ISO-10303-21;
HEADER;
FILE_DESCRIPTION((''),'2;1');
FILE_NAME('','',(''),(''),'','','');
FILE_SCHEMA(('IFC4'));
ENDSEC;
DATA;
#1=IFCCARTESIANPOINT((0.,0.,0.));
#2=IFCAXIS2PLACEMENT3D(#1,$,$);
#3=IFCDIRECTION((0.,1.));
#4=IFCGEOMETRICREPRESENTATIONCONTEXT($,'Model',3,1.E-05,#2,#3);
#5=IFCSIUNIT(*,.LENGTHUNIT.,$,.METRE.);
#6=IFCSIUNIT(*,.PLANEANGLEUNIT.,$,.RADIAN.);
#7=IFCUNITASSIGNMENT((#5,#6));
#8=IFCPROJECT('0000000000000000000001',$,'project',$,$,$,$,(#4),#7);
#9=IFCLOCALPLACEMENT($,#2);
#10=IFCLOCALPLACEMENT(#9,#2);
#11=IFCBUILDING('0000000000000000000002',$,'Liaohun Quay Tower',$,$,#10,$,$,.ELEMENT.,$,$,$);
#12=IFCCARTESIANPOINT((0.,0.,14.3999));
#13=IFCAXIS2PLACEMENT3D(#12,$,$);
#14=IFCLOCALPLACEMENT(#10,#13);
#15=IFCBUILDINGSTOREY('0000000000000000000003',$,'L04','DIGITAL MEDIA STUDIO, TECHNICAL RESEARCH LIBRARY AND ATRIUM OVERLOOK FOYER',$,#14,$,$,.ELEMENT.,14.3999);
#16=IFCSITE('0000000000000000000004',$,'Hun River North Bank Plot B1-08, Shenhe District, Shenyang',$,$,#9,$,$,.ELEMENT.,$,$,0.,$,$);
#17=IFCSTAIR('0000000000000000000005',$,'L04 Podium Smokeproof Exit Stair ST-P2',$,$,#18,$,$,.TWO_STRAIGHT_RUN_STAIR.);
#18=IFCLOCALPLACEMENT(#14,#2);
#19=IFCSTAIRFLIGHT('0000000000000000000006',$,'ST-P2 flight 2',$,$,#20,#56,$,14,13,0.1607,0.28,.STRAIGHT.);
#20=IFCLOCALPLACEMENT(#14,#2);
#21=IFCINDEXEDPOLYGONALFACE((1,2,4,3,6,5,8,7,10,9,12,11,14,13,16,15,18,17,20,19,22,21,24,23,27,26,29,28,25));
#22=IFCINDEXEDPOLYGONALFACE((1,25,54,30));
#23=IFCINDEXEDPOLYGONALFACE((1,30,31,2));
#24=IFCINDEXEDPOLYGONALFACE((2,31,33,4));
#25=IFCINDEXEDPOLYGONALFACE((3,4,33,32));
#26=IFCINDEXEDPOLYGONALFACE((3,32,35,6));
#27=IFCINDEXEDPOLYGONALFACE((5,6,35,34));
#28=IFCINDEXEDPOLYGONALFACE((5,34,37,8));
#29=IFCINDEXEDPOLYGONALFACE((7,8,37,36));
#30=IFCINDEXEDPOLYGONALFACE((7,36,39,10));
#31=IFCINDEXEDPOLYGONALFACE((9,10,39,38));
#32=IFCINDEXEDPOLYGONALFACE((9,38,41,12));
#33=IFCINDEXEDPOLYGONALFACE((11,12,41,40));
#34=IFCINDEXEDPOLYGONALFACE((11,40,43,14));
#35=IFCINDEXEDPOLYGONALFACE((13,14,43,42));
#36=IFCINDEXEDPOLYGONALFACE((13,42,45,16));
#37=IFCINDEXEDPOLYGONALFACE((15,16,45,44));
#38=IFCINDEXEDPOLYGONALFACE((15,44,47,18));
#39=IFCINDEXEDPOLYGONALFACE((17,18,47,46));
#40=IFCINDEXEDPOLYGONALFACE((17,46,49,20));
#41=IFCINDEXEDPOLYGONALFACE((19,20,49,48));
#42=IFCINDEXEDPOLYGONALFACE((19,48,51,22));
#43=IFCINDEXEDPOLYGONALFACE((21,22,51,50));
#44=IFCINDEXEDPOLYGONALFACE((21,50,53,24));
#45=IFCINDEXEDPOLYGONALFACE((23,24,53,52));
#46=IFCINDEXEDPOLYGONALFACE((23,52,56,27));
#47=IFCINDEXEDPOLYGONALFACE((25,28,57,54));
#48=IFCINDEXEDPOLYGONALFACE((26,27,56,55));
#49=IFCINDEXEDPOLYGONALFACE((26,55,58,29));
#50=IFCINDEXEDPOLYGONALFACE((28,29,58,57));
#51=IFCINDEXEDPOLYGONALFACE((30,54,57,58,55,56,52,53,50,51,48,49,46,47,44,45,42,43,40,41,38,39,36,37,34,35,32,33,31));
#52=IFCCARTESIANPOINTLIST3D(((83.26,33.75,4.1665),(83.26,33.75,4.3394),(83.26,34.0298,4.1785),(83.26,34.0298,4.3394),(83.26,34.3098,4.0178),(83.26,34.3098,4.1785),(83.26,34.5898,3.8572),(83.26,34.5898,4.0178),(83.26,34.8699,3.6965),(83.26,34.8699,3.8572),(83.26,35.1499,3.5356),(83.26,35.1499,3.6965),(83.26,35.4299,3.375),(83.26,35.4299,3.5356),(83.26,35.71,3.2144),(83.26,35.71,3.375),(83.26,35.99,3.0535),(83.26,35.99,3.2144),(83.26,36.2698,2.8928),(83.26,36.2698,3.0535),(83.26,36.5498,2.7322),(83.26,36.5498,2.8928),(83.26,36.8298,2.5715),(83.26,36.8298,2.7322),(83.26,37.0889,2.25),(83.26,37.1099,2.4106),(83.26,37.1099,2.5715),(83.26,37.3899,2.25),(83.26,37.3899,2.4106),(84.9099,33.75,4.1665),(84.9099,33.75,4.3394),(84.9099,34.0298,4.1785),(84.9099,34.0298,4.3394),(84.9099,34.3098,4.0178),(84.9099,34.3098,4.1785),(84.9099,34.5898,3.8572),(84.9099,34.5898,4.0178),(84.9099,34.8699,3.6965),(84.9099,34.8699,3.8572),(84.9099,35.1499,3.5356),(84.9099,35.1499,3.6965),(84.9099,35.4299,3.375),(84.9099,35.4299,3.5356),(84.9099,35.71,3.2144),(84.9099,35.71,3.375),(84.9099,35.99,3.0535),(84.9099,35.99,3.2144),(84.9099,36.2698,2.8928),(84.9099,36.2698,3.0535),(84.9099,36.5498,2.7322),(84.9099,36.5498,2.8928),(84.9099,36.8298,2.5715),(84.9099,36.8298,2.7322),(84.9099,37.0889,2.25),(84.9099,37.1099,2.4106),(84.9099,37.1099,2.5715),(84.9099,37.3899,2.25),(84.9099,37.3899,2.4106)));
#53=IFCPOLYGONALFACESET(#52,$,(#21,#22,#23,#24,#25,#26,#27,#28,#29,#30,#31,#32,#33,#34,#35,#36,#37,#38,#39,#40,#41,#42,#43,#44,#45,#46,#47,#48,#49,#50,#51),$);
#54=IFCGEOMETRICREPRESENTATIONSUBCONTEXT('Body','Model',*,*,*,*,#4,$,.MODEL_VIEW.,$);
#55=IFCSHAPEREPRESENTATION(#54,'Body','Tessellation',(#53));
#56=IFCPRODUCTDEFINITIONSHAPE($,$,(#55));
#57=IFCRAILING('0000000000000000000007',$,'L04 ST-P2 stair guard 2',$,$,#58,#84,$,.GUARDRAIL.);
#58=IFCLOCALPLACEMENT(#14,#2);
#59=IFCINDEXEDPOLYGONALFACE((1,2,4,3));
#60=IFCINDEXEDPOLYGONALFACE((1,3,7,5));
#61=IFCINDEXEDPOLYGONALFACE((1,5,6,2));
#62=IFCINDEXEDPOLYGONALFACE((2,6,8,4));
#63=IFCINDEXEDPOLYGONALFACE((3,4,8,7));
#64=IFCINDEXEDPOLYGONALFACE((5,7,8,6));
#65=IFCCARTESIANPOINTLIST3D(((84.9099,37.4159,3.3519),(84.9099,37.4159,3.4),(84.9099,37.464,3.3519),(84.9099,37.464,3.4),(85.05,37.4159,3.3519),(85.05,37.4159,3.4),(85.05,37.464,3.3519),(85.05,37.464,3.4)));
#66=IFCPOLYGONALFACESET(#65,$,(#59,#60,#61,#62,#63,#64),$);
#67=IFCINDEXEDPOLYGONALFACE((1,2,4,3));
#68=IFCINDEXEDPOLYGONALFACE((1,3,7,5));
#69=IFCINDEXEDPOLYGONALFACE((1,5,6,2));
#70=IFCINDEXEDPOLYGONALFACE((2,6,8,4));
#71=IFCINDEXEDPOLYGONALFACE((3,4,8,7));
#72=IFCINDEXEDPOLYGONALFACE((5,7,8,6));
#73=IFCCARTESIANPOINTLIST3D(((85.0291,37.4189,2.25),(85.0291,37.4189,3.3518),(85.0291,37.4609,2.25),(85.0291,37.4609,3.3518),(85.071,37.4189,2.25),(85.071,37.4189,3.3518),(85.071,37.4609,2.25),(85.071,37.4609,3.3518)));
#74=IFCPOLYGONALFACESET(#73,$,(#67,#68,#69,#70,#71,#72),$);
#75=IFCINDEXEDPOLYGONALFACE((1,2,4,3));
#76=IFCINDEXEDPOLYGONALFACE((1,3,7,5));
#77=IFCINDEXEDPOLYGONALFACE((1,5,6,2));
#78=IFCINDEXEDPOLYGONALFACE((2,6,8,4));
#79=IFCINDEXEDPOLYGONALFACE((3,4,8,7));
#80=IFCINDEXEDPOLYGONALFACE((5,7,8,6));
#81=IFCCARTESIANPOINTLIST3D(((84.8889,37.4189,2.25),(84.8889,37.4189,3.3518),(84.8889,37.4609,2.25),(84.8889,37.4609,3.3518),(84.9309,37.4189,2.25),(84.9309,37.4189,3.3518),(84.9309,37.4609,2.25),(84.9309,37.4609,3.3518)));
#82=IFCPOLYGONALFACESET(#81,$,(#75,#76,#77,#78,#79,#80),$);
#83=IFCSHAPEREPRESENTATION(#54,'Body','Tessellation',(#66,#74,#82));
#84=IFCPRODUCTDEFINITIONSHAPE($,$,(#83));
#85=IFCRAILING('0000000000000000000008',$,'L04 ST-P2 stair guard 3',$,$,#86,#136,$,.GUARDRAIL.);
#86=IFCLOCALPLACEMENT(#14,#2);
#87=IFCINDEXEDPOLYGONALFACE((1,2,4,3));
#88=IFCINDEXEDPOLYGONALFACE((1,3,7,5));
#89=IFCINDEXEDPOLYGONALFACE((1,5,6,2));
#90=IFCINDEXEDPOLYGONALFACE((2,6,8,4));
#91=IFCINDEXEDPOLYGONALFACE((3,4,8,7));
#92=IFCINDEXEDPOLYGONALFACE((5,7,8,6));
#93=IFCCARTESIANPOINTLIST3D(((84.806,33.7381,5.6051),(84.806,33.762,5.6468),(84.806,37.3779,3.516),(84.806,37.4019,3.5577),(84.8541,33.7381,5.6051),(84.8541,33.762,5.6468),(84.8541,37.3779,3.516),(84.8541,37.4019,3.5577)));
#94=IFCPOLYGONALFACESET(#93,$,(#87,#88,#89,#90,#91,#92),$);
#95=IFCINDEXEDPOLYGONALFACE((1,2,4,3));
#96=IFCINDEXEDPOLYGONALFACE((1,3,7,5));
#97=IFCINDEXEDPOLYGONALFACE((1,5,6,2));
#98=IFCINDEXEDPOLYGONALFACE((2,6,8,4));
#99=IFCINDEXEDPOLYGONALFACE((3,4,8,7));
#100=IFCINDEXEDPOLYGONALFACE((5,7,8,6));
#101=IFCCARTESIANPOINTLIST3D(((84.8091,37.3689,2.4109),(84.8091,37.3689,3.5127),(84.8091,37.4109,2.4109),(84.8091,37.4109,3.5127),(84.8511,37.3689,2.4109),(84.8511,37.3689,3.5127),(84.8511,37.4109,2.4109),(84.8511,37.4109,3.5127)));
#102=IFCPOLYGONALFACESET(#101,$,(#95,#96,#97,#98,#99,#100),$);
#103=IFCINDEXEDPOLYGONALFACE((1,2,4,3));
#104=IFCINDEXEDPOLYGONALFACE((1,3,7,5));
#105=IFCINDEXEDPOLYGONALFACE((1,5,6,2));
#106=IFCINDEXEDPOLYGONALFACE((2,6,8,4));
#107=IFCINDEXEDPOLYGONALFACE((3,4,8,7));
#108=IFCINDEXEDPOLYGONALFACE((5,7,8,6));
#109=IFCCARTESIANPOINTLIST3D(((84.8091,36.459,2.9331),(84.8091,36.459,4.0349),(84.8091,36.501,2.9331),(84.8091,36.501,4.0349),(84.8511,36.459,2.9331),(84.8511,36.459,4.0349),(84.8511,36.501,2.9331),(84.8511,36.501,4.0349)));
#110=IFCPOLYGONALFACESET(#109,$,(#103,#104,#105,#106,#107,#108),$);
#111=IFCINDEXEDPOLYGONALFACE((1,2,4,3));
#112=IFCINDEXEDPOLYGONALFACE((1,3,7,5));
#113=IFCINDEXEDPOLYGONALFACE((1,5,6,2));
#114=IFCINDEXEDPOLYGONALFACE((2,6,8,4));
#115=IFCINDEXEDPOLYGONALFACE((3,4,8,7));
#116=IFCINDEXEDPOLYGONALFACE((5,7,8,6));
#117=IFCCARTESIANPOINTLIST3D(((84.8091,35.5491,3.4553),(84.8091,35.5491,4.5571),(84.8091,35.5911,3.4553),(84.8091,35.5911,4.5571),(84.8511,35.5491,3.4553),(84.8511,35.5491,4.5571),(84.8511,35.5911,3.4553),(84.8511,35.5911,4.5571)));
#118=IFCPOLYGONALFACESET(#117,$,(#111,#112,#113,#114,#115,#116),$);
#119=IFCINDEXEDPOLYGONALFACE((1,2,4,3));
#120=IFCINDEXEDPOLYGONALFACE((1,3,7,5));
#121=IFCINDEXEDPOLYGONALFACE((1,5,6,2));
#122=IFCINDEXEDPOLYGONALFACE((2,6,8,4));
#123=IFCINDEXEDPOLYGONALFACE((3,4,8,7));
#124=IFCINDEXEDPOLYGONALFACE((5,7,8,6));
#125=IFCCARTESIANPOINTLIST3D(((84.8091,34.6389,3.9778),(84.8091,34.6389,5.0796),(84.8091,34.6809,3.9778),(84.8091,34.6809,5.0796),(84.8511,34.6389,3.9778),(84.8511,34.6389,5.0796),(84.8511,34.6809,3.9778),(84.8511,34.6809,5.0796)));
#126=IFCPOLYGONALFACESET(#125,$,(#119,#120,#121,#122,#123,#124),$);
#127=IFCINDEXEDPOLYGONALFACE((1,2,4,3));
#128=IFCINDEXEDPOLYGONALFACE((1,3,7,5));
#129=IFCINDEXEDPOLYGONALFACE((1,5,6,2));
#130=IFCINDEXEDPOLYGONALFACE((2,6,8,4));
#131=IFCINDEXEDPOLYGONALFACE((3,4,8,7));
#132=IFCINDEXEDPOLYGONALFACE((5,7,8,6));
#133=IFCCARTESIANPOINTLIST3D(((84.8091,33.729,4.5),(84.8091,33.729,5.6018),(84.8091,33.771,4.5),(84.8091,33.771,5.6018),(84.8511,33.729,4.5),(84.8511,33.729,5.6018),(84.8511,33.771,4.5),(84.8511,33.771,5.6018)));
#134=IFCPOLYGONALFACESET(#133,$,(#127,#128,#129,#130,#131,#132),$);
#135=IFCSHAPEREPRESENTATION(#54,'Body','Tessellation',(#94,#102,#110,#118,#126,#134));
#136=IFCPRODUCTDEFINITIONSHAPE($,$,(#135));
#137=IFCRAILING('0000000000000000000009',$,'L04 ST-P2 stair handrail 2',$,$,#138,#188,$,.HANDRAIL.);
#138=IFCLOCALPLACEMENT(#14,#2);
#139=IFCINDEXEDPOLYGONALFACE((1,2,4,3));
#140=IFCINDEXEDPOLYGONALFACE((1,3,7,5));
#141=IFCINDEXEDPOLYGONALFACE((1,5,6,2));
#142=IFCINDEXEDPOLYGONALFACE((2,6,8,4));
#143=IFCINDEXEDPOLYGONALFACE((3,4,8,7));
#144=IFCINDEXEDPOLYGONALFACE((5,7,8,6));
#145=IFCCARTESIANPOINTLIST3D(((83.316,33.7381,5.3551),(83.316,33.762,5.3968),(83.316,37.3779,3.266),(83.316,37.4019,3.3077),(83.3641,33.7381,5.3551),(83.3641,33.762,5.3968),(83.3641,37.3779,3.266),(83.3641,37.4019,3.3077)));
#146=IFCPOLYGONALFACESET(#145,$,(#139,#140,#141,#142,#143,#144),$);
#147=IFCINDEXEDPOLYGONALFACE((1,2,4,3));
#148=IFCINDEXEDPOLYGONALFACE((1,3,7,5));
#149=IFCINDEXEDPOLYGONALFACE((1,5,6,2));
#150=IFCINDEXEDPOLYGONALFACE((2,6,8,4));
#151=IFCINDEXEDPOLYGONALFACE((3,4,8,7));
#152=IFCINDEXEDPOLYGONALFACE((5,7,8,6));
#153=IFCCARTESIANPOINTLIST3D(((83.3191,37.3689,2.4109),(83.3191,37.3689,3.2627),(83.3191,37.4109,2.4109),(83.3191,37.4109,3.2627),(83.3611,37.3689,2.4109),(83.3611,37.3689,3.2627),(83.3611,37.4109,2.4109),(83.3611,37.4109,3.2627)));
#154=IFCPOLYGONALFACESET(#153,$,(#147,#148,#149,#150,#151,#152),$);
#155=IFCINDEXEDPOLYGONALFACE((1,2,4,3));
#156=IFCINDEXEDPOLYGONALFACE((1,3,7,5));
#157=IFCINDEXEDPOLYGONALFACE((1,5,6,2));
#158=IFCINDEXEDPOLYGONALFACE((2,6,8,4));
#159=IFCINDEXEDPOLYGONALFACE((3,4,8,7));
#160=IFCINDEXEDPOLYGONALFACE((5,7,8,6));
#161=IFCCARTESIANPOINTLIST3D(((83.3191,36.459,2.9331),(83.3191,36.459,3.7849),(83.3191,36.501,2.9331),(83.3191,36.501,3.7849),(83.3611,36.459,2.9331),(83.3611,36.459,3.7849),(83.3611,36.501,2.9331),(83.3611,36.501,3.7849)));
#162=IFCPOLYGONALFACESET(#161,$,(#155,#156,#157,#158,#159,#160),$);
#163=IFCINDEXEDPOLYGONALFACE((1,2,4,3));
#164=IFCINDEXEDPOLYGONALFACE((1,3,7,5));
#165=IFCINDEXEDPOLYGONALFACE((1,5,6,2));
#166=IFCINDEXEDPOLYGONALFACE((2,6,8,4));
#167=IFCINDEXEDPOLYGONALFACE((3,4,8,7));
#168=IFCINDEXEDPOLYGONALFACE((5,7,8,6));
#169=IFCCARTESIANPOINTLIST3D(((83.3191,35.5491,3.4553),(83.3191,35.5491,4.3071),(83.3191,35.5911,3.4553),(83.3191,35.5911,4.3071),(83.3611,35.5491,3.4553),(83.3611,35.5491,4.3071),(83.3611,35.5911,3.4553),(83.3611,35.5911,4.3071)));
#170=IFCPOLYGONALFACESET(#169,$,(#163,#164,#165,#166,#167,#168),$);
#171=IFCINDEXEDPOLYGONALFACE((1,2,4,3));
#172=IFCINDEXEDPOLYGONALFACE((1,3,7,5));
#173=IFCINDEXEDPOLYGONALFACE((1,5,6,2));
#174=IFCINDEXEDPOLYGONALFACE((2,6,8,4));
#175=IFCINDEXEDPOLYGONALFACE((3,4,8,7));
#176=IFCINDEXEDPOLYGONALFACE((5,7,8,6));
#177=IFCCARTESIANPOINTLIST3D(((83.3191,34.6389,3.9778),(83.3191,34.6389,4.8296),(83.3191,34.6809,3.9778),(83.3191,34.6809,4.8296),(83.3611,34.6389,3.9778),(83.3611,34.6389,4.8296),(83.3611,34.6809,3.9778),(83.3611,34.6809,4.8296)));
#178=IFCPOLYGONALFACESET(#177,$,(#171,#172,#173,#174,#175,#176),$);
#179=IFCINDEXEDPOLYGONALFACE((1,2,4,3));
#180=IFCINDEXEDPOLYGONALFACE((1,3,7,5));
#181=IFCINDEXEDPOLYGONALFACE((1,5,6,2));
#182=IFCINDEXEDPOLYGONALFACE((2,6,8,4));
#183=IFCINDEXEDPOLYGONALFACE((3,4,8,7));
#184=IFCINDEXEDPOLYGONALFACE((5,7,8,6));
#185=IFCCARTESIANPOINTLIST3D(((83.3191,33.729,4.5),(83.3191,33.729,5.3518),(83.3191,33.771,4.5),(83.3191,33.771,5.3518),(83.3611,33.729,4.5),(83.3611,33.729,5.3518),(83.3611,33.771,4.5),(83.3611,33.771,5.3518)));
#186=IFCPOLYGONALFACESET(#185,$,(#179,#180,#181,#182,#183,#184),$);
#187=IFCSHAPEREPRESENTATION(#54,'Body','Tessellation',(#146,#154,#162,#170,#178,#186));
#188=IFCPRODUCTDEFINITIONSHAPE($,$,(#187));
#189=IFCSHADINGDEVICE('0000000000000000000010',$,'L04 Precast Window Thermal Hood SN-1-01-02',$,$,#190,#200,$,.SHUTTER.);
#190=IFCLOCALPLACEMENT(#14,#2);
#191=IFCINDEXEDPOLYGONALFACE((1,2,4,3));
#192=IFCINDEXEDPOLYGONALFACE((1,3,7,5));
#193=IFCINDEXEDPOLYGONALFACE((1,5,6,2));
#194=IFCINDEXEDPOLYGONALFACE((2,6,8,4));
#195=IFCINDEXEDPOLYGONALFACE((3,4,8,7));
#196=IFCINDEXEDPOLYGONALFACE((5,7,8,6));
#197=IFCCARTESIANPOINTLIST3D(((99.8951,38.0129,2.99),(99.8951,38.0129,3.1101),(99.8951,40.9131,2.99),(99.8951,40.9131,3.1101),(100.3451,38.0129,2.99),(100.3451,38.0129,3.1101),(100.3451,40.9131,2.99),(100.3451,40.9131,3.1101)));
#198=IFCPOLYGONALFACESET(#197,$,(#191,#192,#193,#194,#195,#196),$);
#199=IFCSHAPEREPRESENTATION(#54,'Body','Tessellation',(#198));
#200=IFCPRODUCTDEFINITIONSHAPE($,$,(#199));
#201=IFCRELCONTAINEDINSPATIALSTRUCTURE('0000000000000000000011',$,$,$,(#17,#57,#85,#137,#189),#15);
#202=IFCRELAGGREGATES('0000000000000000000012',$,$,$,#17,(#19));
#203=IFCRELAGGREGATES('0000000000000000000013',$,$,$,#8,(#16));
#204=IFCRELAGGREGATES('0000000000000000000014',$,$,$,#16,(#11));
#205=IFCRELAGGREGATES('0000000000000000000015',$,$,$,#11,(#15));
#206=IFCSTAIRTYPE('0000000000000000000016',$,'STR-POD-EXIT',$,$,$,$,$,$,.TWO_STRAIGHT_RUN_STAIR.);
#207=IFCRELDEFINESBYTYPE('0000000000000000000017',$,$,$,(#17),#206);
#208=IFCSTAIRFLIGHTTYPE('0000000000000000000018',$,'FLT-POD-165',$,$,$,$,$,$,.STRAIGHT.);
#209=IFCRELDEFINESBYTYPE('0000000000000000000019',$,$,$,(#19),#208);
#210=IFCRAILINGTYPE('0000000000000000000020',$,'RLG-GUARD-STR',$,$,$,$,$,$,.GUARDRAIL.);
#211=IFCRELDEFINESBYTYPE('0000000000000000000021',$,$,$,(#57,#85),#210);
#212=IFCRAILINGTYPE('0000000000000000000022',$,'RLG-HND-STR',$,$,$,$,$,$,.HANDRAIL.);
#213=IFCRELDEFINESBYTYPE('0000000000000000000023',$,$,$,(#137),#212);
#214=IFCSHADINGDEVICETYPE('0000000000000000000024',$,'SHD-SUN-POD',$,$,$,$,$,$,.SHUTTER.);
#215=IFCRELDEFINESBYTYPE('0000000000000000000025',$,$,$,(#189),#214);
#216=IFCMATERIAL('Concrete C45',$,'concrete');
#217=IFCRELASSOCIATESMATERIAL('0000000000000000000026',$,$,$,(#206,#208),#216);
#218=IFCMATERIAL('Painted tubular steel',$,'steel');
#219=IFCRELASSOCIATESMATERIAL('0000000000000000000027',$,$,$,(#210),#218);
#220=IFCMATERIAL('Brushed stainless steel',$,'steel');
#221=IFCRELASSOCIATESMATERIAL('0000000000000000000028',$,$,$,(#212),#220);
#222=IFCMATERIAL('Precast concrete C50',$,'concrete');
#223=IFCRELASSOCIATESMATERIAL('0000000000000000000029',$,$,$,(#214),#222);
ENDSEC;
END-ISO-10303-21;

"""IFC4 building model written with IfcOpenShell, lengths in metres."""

from ifc_helpers import new_model, si_unit, direction, frame, origin, origin_2d, place, context, subcontext, project, spatial, polyline, rectangle, outline, extrude, source, transform, mapped, material, material_profile, profile_set, type_object, element, aggregate, save


model = new_model("IFC4")

# Units and contexts
model_context = context("Model", 3, precision=1e-05, world=origin(), true_north=direction((0.0, 1.0)))
body_context = subcontext(model_context, "Body", "Model", "MODEL_VIEW")
ifc_project = project(units=[si_unit("LENGTHUNIT", "METRE"), si_unit("PLANEANGLEUNIT", "RADIAN")], contexts=[model_context])

# Site, building, storey
site_placement = place(None, origin())
site = spatial("IfcSite", under=ifc_project, at=site_placement, Name="Hun River North Bank Plot B1-08, Shenhe District, Shenyang", CompositionType="ELEMENT", RefElevation=0.0)
building_placement = place(site_placement, origin())
building = spatial("IfcBuilding", under=site, at=building_placement, Name="Liaohun Quay Tower", CompositionType="ELEMENT")
storey_placement = place(building_placement, frame((0.0, 0.0, 14.3999)))
storey = spatial("IfcBuildingStorey", under=building, at=storey_placement, Name="L04", Description="DIGITAL MEDIA STUDIO, TECHNICAL RESEARCH LIBRARY AND ATRIUM OVERLOOK FOYER", CompositionType="ELEMENT", Elevation=14.3999)

# Stair, stair flight
ifc_material_1 = material(Name="Concrete C45", Category="concrete")
stair_type = type_object("IfcStairType", Name="STR-POD-EXIT", PredefinedType="TWO_STRAIGHT_RUN_STAIR", material=ifc_material_1)
stair_placement = place(storey_placement, origin())
stair = element("IfcStair", 1, at=stair_placement, inside=storey, type_object=stair_type, Name="L04 Podium Smokeproof Exit Stair ST-P2", PredefinedType="TWO_STRAIGHT_RUN_STAIR")
stair_flight_type = type_object("IfcStairFlightType", Name="FLT-POD-165", PredefinedType="STRAIGHT", material=ifc_material_1)
stair_flight_placement = place(storey_placement, frame((84.085, 37.3899, 2.25), z_axis=(0.0, 0.0, 1.0), x_axis=(0.0, -1.0, 0.0)))
stair_flight = element("IfcStairFlight", 2, at=stair_flight_placement, type_object=stair_flight_type, Name="ST-P2 flight 2", NumberOfRisers=14, NumberOfTreads=13, PredefinedType="STRAIGHT", RiserHeight=0.1607, TreadLength=0.28, context=body_context, shape_type="SweptSolid", body=[
    extrude(outline(polyline([(0.0, 0.0), (0.0, 0.1606), (0.28, 0.1606), (0.28, 0.3215), (0.5601, 0.3215), (0.5601, 0.4822), (0.8401, 0.4822), (0.8401, 0.6428), (1.1201, 0.6428), (1.1201, 0.8035), (1.3999, 0.8035), (1.3999, 0.9644), (1.6799, 0.9644), (1.6799, 1.125), (1.96, 1.125), (1.96, 1.2856), (2.24, 1.2856), (2.24, 1.4465), (2.52, 1.4465), (2.52, 1.6072), (2.8, 1.6072), (2.8, 1.7678), (3.0801, 1.7678), (3.0801, 1.9285), (3.3601, 1.9285), (3.3601, 2.0894), (3.6399, 2.0894), (3.6399, 2.25), (3.6399, 1.9165), (0.301, 0.0), (0.0, 0.0)])), frame((0.0, 0.825, 0.0), z_axis=(0.0, -1.0, 0.0), x_axis=(1.0, 0.0, 0.0)), (0.0, 0.0, 1.0), 1.6499),
])
aggregate(stair, [stair_flight])

# Railings
ifc_material_2 = material(Name="Painted tubular steel", Category="steel")
railing_type_1 = type_object("IfcRailingType", Name="RLG-GUARD-STR", PredefinedType="GUARDRAIL", material=ifc_material_2)
railing_1_placement = place(storey_placement, frame((85.05, 37.4399, 2.25)))
element("IfcRailing", 3, at=railing_1_placement, inside=storey, type_object=railing_type_1, Name="L04 ST-P2 stair guard 2", PredefinedType="GUARDRAIL", context=body_context, shape_type="SweptSolid", body=[
    extrude(rectangle(XDim=0.0481, YDim=0.0481, at=origin_2d()), frame((0.0, 0.0, 1.126), z_axis=(-1.0, 0.0, 0.0), x_axis=(0.0, -1.0, 0.0)), (0.0, 0.0, 1.0), 0.1401),
    extrude(rectangle(XDim=0.042, YDim=0.042, at=origin_2d()), origin(), (0.0, 0.0, 1.0), 1.1018),
    extrude(rectangle(XDim=0.042, YDim=0.042, at=origin_2d()), frame((-0.1401, 0.0, 0.0)), (0.0, 0.0, 1.0), 1.1018),
])
railing_2_placement = place(storey_placement, frame((84.8301, 37.3899, 2.4109)))
element("IfcRailing", 4, at=railing_2_placement, inside=storey, type_object=railing_type_1, Name="L04 ST-P2 stair guard 3", PredefinedType="GUARDRAIL", context=body_context, shape_type="SweptSolid", body=[
    extrude(rectangle(XDim=0.0481, YDim=0.0481, at=origin_2d()), frame((0.0, 0.0, 1.126), z_axis=(0.0, -0.8673, 0.497786), x_axis=(1.0, 0.0, 0.0)), (0.0, 0.0, 1.0), 4.1968),
    extrude(rectangle(XDim=0.042, YDim=0.042, at=origin_2d()), origin(), (0.0, 0.0, 1.0), 1.1018),
    extrude(rectangle(XDim=0.042, YDim=0.042, at=origin_2d()), frame((0.0, -0.9099, 0.5222)), (0.0, 0.0, 1.0), 1.1018),
    extrude(rectangle(XDim=0.042, YDim=0.042, at=origin_2d()), frame((0.0, -1.8198, 1.0444)), (0.0, 0.0, 1.0), 1.1018),
    extrude(rectangle(XDim=0.042, YDim=0.042, at=origin_2d()), frame((0.0, -2.73, 1.5669)), (0.0, 0.0, 1.0), 1.1018),
    extrude(rectangle(XDim=0.042, YDim=0.042, at=origin_2d()), frame((0.0, -3.6399, 2.0891)), (0.0, 0.0, 1.0), 1.1018),
])
ifc_material_3 = material(Name="Brushed stainless steel", Category="steel")
railing_type_2 = type_object("IfcRailingType", Name="RLG-HND-STR", PredefinedType="HANDRAIL", material=ifc_material_3)
railing_3_placement = place(storey_placement, frame((83.3401, 37.3899, 2.4109)))
element("IfcRailing", 5, at=railing_3_placement, inside=storey, type_object=railing_type_2, Name="L04 ST-P2 stair handrail 2", PredefinedType="HANDRAIL", context=body_context, shape_type="SweptSolid", body=[
    extrude(rectangle(XDim=0.0481, YDim=0.0481, at=origin_2d()), frame((0.0, 0.0, 0.876), z_axis=(0.0, -0.8673, 0.497786), x_axis=(1.0, 0.0, 0.0)), (0.0, 0.0, 1.0), 4.1968),
    extrude(rectangle(XDim=0.042, YDim=0.042, at=origin_2d()), origin(), (0.0, 0.0, 1.0), 0.8518),
    extrude(rectangle(XDim=0.042, YDim=0.042, at=origin_2d()), frame((0.0, -0.9099, 0.5222)), (0.0, 0.0, 1.0), 0.8518),
    extrude(rectangle(XDim=0.042, YDim=0.042, at=origin_2d()), frame((0.0, -1.8198, 1.0444)), (0.0, 0.0, 1.0), 0.8518),
    extrude(rectangle(XDim=0.042, YDim=0.042, at=origin_2d()), frame((0.0, -2.73, 1.5669)), (0.0, 0.0, 1.0), 0.8518),
    extrude(rectangle(XDim=0.042, YDim=0.042, at=origin_2d()), frame((0.0, -3.6399, 2.0891)), (0.0, 0.0, 1.0), 0.8518),
])

# Shading device
ifc_material_4 = material(Name="Precast concrete C50", Category="concrete")
ifc_material_profile_1 = material_profile(ifc_material_4, rectangle(XDim=0.45, YDim=0.1201, at=origin_2d()), Name="PRC-SUN-450x120")
ifc_profile_set_1 = profile_set([ifc_material_profile_1], Name="Precast concrete C50")
shading_device_type = type_object("IfcShadingDeviceType", Name="SHD-SUN-POD", PredefinedType="SHUTTER", material=ifc_profile_set_1)
shared_shape_1 = source(origin(), body_context, "Body", "SweptSolid", [
    extrude(rectangle(XDim=0.45, YDim=0.1201, at=origin_2d()), origin(), (0.0, 0.0, 1.0), 2.9001),
])
shading_device_placement = place(storey_placement, frame((100.1201, 38.0129, 3.05), z_axis=(0.0, 1.0, 0.0), x_axis=(-1.0, 0.0, 0.0)))
element("IfcShadingDevice", 6, at=shading_device_placement, inside=storey, type_object=shading_device_type, Name="L04 Precast Window Thermal Hood SN-1-01-02", PredefinedType="SHUTTER", context=body_context, shape_type="MappedRepresentation", body=[
    mapped(shared_shape_1, transform((0.0, 0.0, 0.0), x_axis=(1.0, 0.0, 0.0), y_axis=(0.0, 1.0, 0.0), z_axis=(0.0, 0.0, 1.0), scale=1.0)),
])

save(model, "model.ifc")
